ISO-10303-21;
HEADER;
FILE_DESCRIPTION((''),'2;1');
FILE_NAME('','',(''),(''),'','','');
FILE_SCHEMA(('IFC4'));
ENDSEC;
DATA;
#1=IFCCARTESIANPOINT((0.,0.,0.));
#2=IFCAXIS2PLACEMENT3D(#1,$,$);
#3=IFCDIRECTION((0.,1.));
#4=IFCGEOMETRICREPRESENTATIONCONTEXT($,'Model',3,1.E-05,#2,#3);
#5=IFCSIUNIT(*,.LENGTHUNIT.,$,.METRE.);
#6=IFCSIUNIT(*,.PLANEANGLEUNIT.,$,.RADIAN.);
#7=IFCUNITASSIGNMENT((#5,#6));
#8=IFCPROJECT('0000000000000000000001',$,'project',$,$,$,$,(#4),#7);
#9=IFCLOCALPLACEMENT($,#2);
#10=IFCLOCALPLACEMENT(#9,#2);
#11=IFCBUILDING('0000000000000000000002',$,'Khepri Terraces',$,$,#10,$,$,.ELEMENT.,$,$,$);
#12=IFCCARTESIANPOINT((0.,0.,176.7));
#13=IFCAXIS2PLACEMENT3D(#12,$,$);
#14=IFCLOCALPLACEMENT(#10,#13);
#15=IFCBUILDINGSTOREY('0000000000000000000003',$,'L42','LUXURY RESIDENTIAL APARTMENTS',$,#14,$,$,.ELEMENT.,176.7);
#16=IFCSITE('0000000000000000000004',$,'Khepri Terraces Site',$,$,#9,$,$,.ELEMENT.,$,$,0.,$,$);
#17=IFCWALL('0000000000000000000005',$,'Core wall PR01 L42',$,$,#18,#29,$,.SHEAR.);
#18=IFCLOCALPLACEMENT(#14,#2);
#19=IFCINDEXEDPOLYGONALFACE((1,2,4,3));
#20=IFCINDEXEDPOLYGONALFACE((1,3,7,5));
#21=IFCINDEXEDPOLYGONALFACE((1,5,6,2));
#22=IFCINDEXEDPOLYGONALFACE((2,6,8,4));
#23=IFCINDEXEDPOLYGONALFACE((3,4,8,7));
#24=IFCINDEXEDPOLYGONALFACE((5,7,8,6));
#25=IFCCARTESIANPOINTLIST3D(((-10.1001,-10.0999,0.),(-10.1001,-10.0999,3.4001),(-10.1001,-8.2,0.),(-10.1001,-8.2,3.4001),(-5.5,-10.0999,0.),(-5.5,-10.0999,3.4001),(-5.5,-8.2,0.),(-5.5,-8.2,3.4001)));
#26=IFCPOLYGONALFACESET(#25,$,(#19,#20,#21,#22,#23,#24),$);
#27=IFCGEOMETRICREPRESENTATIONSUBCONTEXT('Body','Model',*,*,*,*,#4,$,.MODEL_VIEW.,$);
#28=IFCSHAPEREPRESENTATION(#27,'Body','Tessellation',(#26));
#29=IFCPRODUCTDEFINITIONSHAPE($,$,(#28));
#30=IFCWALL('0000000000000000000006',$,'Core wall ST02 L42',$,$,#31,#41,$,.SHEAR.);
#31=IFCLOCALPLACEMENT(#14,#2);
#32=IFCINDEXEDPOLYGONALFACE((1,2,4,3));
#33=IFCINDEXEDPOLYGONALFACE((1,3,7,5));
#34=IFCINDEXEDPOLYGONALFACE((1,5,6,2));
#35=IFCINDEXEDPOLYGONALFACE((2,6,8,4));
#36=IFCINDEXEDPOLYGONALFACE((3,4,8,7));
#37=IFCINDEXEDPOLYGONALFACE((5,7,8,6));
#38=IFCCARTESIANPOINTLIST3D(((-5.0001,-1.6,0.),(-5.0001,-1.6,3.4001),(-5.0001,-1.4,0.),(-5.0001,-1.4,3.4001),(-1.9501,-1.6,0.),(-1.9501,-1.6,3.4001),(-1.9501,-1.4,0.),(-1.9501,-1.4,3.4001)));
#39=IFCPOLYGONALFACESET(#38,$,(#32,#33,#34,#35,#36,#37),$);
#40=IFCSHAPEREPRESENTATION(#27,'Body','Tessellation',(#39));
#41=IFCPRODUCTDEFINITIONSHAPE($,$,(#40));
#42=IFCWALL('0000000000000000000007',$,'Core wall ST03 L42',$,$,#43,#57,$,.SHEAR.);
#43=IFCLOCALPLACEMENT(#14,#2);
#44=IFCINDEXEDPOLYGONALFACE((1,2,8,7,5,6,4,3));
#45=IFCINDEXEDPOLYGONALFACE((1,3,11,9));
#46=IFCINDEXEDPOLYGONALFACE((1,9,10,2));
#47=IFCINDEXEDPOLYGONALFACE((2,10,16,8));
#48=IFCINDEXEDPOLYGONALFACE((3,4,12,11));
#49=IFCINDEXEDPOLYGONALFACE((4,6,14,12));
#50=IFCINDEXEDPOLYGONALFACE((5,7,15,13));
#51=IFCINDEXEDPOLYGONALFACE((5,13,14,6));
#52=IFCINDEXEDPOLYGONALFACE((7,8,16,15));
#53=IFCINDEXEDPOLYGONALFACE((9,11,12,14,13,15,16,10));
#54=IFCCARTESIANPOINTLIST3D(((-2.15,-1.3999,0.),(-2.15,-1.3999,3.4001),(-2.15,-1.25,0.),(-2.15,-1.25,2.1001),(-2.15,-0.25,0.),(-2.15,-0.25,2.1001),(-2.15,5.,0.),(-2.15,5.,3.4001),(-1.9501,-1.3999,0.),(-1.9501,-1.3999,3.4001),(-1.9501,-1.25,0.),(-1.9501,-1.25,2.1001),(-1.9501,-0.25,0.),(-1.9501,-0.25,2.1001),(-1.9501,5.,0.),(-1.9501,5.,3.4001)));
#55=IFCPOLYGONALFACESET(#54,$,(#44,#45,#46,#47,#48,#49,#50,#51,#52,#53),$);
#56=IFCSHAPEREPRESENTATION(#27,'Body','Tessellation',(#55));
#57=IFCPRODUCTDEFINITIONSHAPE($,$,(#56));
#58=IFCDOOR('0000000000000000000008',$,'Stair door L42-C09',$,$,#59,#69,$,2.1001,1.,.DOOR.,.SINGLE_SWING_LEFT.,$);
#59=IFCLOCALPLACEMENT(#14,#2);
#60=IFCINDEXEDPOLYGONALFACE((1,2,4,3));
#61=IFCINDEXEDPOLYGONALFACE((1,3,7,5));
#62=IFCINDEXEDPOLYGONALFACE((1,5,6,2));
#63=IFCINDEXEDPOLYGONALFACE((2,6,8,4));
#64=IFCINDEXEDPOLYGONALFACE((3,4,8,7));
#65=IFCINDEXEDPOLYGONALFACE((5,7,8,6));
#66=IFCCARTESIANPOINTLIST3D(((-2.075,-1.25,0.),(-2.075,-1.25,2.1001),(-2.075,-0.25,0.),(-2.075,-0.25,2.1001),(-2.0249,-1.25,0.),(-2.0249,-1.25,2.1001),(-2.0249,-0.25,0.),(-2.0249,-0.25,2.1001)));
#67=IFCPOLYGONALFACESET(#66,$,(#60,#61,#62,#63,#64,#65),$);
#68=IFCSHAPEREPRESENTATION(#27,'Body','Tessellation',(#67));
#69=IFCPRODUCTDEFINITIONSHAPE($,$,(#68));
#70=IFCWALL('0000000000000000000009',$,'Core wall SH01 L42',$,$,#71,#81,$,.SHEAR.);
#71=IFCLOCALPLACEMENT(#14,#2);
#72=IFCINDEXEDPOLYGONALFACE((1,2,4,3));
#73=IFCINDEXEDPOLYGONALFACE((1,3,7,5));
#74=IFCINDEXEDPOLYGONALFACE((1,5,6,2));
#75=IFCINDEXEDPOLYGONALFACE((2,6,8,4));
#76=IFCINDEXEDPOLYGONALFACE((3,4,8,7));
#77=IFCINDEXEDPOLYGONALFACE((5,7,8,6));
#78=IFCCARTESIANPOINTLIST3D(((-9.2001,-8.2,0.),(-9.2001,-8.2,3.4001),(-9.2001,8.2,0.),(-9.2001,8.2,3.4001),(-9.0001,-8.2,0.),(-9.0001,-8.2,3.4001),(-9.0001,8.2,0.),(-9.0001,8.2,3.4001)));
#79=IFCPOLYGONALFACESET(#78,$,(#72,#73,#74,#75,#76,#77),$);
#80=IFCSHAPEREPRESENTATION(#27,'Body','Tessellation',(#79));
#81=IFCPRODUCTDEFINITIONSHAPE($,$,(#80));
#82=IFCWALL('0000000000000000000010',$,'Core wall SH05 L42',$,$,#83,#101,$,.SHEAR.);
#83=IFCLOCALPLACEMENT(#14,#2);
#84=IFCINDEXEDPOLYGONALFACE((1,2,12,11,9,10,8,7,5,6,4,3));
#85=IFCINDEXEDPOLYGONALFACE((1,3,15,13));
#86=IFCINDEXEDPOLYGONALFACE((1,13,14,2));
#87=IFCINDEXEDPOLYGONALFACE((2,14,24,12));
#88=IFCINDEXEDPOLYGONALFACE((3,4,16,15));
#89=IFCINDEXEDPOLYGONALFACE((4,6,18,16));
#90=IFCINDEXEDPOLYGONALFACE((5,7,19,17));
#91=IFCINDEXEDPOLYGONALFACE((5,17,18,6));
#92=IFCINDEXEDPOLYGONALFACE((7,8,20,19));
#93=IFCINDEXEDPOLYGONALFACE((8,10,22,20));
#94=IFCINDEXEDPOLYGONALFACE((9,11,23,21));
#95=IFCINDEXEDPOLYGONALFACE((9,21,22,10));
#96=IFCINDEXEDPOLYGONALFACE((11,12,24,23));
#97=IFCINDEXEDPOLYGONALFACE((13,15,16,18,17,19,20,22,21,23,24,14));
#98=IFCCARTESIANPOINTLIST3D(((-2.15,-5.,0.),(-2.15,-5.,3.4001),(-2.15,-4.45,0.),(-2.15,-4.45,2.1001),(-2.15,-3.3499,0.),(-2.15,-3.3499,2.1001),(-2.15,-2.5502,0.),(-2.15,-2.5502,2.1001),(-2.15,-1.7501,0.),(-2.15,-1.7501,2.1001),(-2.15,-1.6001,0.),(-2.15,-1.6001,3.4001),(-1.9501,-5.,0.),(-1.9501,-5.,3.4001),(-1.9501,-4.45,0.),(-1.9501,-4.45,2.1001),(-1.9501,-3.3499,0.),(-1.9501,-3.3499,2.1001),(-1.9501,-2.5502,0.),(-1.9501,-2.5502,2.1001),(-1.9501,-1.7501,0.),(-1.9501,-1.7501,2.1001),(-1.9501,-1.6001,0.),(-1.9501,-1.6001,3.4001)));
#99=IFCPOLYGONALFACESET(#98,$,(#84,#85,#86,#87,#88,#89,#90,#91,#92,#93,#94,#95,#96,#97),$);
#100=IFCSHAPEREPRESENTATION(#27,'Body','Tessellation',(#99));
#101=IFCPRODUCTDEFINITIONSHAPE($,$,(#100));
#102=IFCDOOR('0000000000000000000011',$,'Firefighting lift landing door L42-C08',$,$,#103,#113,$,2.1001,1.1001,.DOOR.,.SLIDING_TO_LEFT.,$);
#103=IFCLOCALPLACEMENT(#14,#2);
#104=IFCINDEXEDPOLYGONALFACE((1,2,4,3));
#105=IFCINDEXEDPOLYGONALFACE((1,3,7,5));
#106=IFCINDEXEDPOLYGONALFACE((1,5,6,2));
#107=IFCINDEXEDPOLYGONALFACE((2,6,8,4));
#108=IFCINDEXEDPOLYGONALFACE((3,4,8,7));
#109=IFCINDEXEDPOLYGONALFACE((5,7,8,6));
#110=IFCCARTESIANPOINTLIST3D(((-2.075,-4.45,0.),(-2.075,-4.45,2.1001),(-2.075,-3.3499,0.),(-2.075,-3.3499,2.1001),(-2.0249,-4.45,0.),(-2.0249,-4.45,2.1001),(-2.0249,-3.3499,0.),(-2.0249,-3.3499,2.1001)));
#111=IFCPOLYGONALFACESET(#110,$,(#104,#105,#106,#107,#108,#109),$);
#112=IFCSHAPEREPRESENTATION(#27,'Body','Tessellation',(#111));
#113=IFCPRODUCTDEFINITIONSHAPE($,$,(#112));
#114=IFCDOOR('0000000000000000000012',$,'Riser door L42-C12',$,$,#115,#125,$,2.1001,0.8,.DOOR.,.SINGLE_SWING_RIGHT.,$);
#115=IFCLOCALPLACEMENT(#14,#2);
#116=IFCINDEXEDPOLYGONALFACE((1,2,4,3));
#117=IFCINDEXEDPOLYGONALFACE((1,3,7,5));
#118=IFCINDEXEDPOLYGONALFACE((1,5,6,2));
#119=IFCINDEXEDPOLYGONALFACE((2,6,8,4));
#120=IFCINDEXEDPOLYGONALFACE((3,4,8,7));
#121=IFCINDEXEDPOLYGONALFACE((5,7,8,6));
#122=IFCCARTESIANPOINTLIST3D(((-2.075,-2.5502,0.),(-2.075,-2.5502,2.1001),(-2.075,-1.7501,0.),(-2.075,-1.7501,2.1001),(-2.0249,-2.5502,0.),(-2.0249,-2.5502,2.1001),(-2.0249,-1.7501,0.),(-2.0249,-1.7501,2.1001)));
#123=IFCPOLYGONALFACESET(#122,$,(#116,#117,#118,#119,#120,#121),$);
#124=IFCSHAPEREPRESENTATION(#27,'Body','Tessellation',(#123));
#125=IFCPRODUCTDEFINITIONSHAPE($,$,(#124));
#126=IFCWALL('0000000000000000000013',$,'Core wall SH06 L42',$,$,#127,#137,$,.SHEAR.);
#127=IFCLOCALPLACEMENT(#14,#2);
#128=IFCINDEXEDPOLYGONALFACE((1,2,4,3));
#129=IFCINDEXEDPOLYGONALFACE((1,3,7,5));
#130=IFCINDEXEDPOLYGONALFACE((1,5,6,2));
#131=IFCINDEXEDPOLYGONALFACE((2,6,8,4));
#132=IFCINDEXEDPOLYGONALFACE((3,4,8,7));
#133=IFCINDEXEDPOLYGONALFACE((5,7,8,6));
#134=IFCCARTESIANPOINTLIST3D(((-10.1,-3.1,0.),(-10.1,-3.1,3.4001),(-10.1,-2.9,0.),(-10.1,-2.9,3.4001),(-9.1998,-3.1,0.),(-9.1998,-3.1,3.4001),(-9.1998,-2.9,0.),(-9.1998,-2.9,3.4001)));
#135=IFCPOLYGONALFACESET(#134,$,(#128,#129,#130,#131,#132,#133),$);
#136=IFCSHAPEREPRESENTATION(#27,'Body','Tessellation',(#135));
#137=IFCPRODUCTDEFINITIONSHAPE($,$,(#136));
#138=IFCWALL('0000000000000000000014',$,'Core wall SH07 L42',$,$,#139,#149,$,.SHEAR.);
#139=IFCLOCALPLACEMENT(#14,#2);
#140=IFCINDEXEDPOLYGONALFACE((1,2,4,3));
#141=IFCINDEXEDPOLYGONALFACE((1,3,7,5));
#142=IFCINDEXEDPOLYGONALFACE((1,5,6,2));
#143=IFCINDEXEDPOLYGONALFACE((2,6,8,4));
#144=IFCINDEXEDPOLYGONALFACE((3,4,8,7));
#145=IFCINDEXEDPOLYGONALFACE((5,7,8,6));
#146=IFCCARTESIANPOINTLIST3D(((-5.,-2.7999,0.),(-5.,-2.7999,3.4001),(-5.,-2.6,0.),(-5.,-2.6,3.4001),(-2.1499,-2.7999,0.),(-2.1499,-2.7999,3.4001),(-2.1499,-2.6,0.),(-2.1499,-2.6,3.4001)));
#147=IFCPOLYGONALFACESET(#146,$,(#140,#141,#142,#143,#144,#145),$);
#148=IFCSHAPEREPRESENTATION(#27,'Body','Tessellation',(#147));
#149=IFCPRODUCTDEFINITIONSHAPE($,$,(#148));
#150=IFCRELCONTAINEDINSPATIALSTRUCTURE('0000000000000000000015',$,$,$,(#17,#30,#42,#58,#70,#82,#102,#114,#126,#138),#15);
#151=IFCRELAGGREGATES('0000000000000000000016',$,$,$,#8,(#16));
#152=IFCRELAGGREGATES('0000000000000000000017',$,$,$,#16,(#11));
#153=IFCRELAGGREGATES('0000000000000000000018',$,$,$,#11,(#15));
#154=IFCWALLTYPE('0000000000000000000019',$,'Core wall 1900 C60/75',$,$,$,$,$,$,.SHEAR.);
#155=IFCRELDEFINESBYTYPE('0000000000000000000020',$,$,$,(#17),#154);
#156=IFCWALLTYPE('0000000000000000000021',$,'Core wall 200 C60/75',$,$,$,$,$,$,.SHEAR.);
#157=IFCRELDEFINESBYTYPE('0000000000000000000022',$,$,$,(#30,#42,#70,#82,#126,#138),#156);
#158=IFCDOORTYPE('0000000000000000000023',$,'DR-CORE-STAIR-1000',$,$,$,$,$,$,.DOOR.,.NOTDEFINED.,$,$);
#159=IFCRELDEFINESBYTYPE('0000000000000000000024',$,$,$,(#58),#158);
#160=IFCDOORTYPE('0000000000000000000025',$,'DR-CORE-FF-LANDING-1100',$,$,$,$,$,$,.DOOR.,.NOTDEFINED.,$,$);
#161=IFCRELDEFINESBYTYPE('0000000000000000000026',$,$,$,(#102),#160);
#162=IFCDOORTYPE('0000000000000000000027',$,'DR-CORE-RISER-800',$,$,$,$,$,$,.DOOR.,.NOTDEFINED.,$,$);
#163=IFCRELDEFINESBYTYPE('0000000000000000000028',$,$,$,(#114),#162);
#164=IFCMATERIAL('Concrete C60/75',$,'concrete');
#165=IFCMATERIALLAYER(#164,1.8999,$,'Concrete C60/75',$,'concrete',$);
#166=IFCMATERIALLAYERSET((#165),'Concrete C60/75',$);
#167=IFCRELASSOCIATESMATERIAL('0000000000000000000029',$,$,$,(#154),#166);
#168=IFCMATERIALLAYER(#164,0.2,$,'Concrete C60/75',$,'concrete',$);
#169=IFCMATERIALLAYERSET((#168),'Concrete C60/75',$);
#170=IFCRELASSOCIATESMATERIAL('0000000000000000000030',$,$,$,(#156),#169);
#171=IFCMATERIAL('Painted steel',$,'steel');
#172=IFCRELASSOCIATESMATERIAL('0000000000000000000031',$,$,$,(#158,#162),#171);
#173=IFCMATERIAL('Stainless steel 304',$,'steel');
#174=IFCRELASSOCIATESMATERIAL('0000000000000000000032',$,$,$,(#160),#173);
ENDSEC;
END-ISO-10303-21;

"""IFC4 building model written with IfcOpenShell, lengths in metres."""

from ifc_helpers import new_model, si_unit, direction, frame, frame_2d, origin, place, context, subcontext, project, spatial, rectangle, extrude, material, layer, layer_set, type_object, element, fill, save


model = new_model("IFC4")

# Units and contexts
model_context = context("Model", 3, precision=1e-05, world=origin(), true_north=direction((0.0, 1.0)))
body_context = subcontext(model_context, "Body", "Model", "MODEL_VIEW")
ifc_project = project(units=[si_unit("LENGTHUNIT", "METRE"), si_unit("PLANEANGLEUNIT", "RADIAN")], contexts=[model_context])

# Site, building, storey
site_placement = place(None, origin())
site = spatial("IfcSite", under=ifc_project, at=site_placement, Name="Khepri Terraces Site", CompositionType="ELEMENT", RefElevation=0.0)
building_placement = place(site_placement, origin())
building = spatial("IfcBuilding", under=site, at=building_placement, Name="Khepri Terraces", CompositionType="ELEMENT")
storey_placement = place(building_placement, frame((0.0, 0.0, 176.7)))
storey = spatial("IfcBuildingStorey", under=building, at=storey_placement, Name="L42", Description="LUXURY RESIDENTIAL APARTMENTS", CompositionType="ELEMENT", Elevation=176.7)

# Walls
ifc_material_1 = material(Name="Concrete C60/75", Category="concrete")
ifc_layer_1 = layer(ifc_material_1, 1.8999, Name="Concrete C60/75", Category="concrete")
ifc_layer_set_1 = layer_set([ifc_layer_1], Name="Concrete C60/75")
wall_type_1 = type_object("IfcWallType", Name="Core wall 1900 C60/75", PredefinedType="SHEAR", material=ifc_layer_set_1)
wall_1_placement = place(storey_placement, frame((-10.1001, -9.1499, 0.0), z_axis=(0.0, 0.0, 1.0), x_axis=(1.0, 0.0, 0.0)))
element("IfcWall", 1, at=wall_1_placement, inside=storey, type_object=wall_type_1, Name="Core wall PR01 L42", PredefinedType="SHEAR", context=body_context, shape_type="SweptSolid", body=[
    extrude(rectangle(XDim=4.6001, YDim=1.8999, at=frame_2d((2.3, 0.0))), origin(), (0.0, 0.0, 1.0), 3.4001),
])
ifc_layer_2 = layer(ifc_material_1, 0.2, Name="Concrete C60/75", Category="concrete")
ifc_layer_set_2 = layer_set([ifc_layer_2], Name="Concrete C60/75")
wall_type_2 = type_object("IfcWallType", Name="Core wall 200 C60/75", PredefinedType="SHEAR", material=ifc_layer_set_2)
wall_2_placement = place(storey_placement, frame((-5.0, -1.5, 0.0), z_axis=(0.0, 0.0, 1.0), x_axis=(1.0, 0.0, 0.0)))
element("IfcWall", 2, at=wall_2_placement, inside=storey, type_object=wall_type_2, Name="Core wall ST02 L42", PredefinedType="SHEAR", context=body_context, shape_type="SweptSolid", body=[
    extrude(rectangle(XDim=3.05, YDim=0.2, at=frame_2d((1.5249, 0.0))), origin(), (0.0, 0.0, 1.0), 3.4001),
])

# Wall, opening, door
wall_3_placement = place(storey_placement, frame((-2.05, -1.3999, 0.0), z_axis=(0.0, 0.0, 1.0), x_axis=(0.0, 1.0, 0.0)))
wall_3 = element("IfcWall", 3, at=wall_3_placement, inside=storey, type_object=wall_type_2, Name="Core wall ST03 L42", PredefinedType="SHEAR", context=body_context, shape_type="SweptSolid", body=[
    extrude(rectangle(XDim=6.3999, YDim=0.2, at=frame_2d((3.2, 0.0))), origin(), (0.0, 0.0, 1.0), 3.4001),
])
opening_1_placement = place(wall_3_placement, frame((0.1499, 0.0, 0.0)))
opening_1 = element("IfcOpeningElement", 4, at=opening_1_placement, cuts=wall_3, PredefinedType="OPENING", context=body_context, shape_type="SweptSolid", body=[
    extrude(rectangle(XDim=1.0, YDim=2.1001, at=frame_2d((0.5, 1.05))), frame((0.0, 0.1099, 0.0), z_axis=(0.0, -1.0, 0.0), x_axis=(1.0, 0.0, 0.0)), (0.0, 0.0, 1.0), 0.22),
])
ifc_material_2 = material(Name="Painted steel", Category="steel")
door_type_1 = type_object("IfcDoorType", Name="DR-CORE-STAIR-1000", OperationType="NOTDEFINED", PredefinedType="DOOR", material=ifc_material_2)
door_1_placement = place(opening_1_placement, origin())
door_1 = element("IfcDoor", 5, at=door_1_placement, inside=storey, type_object=door_type_1, Name="Stair door L42-C09", OperationType="SINGLE_SWING_LEFT", OverallHeight=2.1001, OverallWidth=1.0, PredefinedType="DOOR", context=body_context, shape_type="SweptSolid", body=[
    extrude(rectangle(XDim=1.0, YDim=2.1001, at=frame_2d((0.5, 1.05))), frame((0.0, 0.0249, 0.0), z_axis=(0.0, -1.0, 0.0), x_axis=(1.0, 0.0, 0.0)), (0.0, 0.0, 1.0), 0.05),
])
fill(opening_1, door_1)

# Wall
wall_4_placement = place(storey_placement, frame((-9.1001, -8.2, 0.0), z_axis=(0.0, 0.0, 1.0), x_axis=(0.0, 1.0, 0.0)))
element("IfcWall", 6, at=wall_4_placement, inside=storey, type_object=wall_type_2, Name="Core wall SH01 L42", PredefinedType="SHEAR", context=body_context, shape_type="SweptSolid", body=[
    extrude(rectangle(XDim=16.3999, YDim=0.2, at=frame_2d((8.2, 0.0))), origin(), (0.0, 0.0, 1.0), 3.4001),
])

# Wall, openings, doors
wall_5_placement = place(storey_placement, frame((-2.05, -5.0, 0.0), z_axis=(0.0, 0.0, 1.0), x_axis=(0.0, 1.0, 0.0)))
wall_5 = element("IfcWall", 7, at=wall_5_placement, inside=storey, type_object=wall_type_2, Name="Core wall SH05 L42", PredefinedType="SHEAR", context=body_context, shape_type="SweptSolid", body=[
    extrude(rectangle(XDim=3.3999, YDim=0.2, at=frame_2d((1.7, 0.0))), origin(), (0.0, 0.0, 1.0), 3.4001),
])
opening_2_placement = place(wall_5_placement, frame((0.55, 0.0, 0.0)))
opening_2 = element("IfcOpeningElement", 8, at=opening_2_placement, cuts=wall_5, PredefinedType="OPENING", context=body_context, shape_type="SweptSolid", body=[
    extrude(rectangle(XDim=1.1001, YDim=2.1001, at=frame_2d((0.55, 1.05))), frame((0.0, 0.1099, 0.0), z_axis=(0.0, -1.0, 0.0), x_axis=(1.0, 0.0, 0.0)), (0.0, 0.0, 1.0), 0.22),
])
opening_3_placement = place(wall_5_placement, frame((2.45, 0.0, 0.0)))
opening_3 = element("IfcOpeningElement", 9, at=opening_3_placement, cuts=wall_5, PredefinedType="OPENING", context=body_context, shape_type="SweptSolid", body=[
    extrude(rectangle(XDim=0.8, YDim=2.1001, at=frame_2d((0.3999, 1.05))), frame((0.0, 0.1099, 0.0), z_axis=(0.0, -1.0, 0.0), x_axis=(1.0, 0.0, 0.0)), (0.0, 0.0, 1.0), 0.22),
])
ifc_material_3 = material(Name="Stainless steel 304", Category="steel")
door_type_2 = type_object("IfcDoorType", Name="DR-CORE-FF-LANDING-1100", OperationType="NOTDEFINED", PredefinedType="DOOR", material=ifc_material_3)
door_2_placement = place(opening_2_placement, origin())
door_2 = element("IfcDoor", 10, at=door_2_placement, inside=storey, type_object=door_type_2, Name="Firefighting lift landing door L42-C08", OperationType="SLIDING_TO_LEFT", OverallHeight=2.1001, OverallWidth=1.1001, PredefinedType="DOOR", context=body_context, shape_type="SweptSolid", body=[
    extrude(rectangle(XDim=1.1001, YDim=2.1001, at=frame_2d((0.55, 1.05))), frame((0.0, 0.0249, 0.0), z_axis=(0.0, -1.0, 0.0), x_axis=(1.0, 0.0, 0.0)), (0.0, 0.0, 1.0), 0.05),
])
fill(opening_2, door_2)
door_type_3 = type_object("IfcDoorType", Name="DR-CORE-RISER-800", OperationType="NOTDEFINED", PredefinedType="DOOR", material=ifc_material_2)
door_3_placement = place(opening_3_placement, origin())
door_3 = element("IfcDoor", 11, at=door_3_placement, inside=storey, type_object=door_type_3, Name="Riser door L42-C12", OperationType="SINGLE_SWING_RIGHT", OverallHeight=2.1001, OverallWidth=0.8, PredefinedType="DOOR", context=body_context, shape_type="SweptSolid", body=[
    extrude(rectangle(XDim=0.8, YDim=2.1001, at=frame_2d((0.3999, 1.05))), frame((0.0, 0.0249, 0.0), z_axis=(0.0, -1.0, 0.0), x_axis=(1.0, 0.0, 0.0)), (0.0, 0.0, 1.0), 0.05),
])
fill(opening_3, door_3)

# Walls
wall_6_placement = place(storey_placement, frame((-10.1001, -3.0, 0.0), z_axis=(0.0, 0.0, 1.0), x_axis=(1.0, 0.0, 0.0)))
element("IfcWall", 12, at=wall_6_placement, inside=storey, type_object=wall_type_2, Name="Core wall SH06 L42", PredefinedType="SHEAR", context=body_context, shape_type="SweptSolid", body=[
    extrude(rectangle(XDim=0.9001, YDim=0.2, at=frame_2d((0.4502, 0.0))), origin(), (0.0, 0.0, 1.0), 3.4001),
])
wall_7_placement = place(storey_placement, frame((-5.0, -2.7, 0.0), z_axis=(0.0, 0.0, 1.0), x_axis=(1.0, 0.0, 0.0)))
element("IfcWall", 13, at=wall_7_placement, inside=storey, type_object=wall_type_2, Name="Core wall SH07 L42", PredefinedType="SHEAR", context=body_context, shape_type="SweptSolid", body=[
    extrude(rectangle(XDim=2.8501, YDim=0.2, at=frame_2d((1.425, 0.0))), origin(), (0.0, 0.0, 1.0), 3.4001),
])

save(model, "model.ifc")
